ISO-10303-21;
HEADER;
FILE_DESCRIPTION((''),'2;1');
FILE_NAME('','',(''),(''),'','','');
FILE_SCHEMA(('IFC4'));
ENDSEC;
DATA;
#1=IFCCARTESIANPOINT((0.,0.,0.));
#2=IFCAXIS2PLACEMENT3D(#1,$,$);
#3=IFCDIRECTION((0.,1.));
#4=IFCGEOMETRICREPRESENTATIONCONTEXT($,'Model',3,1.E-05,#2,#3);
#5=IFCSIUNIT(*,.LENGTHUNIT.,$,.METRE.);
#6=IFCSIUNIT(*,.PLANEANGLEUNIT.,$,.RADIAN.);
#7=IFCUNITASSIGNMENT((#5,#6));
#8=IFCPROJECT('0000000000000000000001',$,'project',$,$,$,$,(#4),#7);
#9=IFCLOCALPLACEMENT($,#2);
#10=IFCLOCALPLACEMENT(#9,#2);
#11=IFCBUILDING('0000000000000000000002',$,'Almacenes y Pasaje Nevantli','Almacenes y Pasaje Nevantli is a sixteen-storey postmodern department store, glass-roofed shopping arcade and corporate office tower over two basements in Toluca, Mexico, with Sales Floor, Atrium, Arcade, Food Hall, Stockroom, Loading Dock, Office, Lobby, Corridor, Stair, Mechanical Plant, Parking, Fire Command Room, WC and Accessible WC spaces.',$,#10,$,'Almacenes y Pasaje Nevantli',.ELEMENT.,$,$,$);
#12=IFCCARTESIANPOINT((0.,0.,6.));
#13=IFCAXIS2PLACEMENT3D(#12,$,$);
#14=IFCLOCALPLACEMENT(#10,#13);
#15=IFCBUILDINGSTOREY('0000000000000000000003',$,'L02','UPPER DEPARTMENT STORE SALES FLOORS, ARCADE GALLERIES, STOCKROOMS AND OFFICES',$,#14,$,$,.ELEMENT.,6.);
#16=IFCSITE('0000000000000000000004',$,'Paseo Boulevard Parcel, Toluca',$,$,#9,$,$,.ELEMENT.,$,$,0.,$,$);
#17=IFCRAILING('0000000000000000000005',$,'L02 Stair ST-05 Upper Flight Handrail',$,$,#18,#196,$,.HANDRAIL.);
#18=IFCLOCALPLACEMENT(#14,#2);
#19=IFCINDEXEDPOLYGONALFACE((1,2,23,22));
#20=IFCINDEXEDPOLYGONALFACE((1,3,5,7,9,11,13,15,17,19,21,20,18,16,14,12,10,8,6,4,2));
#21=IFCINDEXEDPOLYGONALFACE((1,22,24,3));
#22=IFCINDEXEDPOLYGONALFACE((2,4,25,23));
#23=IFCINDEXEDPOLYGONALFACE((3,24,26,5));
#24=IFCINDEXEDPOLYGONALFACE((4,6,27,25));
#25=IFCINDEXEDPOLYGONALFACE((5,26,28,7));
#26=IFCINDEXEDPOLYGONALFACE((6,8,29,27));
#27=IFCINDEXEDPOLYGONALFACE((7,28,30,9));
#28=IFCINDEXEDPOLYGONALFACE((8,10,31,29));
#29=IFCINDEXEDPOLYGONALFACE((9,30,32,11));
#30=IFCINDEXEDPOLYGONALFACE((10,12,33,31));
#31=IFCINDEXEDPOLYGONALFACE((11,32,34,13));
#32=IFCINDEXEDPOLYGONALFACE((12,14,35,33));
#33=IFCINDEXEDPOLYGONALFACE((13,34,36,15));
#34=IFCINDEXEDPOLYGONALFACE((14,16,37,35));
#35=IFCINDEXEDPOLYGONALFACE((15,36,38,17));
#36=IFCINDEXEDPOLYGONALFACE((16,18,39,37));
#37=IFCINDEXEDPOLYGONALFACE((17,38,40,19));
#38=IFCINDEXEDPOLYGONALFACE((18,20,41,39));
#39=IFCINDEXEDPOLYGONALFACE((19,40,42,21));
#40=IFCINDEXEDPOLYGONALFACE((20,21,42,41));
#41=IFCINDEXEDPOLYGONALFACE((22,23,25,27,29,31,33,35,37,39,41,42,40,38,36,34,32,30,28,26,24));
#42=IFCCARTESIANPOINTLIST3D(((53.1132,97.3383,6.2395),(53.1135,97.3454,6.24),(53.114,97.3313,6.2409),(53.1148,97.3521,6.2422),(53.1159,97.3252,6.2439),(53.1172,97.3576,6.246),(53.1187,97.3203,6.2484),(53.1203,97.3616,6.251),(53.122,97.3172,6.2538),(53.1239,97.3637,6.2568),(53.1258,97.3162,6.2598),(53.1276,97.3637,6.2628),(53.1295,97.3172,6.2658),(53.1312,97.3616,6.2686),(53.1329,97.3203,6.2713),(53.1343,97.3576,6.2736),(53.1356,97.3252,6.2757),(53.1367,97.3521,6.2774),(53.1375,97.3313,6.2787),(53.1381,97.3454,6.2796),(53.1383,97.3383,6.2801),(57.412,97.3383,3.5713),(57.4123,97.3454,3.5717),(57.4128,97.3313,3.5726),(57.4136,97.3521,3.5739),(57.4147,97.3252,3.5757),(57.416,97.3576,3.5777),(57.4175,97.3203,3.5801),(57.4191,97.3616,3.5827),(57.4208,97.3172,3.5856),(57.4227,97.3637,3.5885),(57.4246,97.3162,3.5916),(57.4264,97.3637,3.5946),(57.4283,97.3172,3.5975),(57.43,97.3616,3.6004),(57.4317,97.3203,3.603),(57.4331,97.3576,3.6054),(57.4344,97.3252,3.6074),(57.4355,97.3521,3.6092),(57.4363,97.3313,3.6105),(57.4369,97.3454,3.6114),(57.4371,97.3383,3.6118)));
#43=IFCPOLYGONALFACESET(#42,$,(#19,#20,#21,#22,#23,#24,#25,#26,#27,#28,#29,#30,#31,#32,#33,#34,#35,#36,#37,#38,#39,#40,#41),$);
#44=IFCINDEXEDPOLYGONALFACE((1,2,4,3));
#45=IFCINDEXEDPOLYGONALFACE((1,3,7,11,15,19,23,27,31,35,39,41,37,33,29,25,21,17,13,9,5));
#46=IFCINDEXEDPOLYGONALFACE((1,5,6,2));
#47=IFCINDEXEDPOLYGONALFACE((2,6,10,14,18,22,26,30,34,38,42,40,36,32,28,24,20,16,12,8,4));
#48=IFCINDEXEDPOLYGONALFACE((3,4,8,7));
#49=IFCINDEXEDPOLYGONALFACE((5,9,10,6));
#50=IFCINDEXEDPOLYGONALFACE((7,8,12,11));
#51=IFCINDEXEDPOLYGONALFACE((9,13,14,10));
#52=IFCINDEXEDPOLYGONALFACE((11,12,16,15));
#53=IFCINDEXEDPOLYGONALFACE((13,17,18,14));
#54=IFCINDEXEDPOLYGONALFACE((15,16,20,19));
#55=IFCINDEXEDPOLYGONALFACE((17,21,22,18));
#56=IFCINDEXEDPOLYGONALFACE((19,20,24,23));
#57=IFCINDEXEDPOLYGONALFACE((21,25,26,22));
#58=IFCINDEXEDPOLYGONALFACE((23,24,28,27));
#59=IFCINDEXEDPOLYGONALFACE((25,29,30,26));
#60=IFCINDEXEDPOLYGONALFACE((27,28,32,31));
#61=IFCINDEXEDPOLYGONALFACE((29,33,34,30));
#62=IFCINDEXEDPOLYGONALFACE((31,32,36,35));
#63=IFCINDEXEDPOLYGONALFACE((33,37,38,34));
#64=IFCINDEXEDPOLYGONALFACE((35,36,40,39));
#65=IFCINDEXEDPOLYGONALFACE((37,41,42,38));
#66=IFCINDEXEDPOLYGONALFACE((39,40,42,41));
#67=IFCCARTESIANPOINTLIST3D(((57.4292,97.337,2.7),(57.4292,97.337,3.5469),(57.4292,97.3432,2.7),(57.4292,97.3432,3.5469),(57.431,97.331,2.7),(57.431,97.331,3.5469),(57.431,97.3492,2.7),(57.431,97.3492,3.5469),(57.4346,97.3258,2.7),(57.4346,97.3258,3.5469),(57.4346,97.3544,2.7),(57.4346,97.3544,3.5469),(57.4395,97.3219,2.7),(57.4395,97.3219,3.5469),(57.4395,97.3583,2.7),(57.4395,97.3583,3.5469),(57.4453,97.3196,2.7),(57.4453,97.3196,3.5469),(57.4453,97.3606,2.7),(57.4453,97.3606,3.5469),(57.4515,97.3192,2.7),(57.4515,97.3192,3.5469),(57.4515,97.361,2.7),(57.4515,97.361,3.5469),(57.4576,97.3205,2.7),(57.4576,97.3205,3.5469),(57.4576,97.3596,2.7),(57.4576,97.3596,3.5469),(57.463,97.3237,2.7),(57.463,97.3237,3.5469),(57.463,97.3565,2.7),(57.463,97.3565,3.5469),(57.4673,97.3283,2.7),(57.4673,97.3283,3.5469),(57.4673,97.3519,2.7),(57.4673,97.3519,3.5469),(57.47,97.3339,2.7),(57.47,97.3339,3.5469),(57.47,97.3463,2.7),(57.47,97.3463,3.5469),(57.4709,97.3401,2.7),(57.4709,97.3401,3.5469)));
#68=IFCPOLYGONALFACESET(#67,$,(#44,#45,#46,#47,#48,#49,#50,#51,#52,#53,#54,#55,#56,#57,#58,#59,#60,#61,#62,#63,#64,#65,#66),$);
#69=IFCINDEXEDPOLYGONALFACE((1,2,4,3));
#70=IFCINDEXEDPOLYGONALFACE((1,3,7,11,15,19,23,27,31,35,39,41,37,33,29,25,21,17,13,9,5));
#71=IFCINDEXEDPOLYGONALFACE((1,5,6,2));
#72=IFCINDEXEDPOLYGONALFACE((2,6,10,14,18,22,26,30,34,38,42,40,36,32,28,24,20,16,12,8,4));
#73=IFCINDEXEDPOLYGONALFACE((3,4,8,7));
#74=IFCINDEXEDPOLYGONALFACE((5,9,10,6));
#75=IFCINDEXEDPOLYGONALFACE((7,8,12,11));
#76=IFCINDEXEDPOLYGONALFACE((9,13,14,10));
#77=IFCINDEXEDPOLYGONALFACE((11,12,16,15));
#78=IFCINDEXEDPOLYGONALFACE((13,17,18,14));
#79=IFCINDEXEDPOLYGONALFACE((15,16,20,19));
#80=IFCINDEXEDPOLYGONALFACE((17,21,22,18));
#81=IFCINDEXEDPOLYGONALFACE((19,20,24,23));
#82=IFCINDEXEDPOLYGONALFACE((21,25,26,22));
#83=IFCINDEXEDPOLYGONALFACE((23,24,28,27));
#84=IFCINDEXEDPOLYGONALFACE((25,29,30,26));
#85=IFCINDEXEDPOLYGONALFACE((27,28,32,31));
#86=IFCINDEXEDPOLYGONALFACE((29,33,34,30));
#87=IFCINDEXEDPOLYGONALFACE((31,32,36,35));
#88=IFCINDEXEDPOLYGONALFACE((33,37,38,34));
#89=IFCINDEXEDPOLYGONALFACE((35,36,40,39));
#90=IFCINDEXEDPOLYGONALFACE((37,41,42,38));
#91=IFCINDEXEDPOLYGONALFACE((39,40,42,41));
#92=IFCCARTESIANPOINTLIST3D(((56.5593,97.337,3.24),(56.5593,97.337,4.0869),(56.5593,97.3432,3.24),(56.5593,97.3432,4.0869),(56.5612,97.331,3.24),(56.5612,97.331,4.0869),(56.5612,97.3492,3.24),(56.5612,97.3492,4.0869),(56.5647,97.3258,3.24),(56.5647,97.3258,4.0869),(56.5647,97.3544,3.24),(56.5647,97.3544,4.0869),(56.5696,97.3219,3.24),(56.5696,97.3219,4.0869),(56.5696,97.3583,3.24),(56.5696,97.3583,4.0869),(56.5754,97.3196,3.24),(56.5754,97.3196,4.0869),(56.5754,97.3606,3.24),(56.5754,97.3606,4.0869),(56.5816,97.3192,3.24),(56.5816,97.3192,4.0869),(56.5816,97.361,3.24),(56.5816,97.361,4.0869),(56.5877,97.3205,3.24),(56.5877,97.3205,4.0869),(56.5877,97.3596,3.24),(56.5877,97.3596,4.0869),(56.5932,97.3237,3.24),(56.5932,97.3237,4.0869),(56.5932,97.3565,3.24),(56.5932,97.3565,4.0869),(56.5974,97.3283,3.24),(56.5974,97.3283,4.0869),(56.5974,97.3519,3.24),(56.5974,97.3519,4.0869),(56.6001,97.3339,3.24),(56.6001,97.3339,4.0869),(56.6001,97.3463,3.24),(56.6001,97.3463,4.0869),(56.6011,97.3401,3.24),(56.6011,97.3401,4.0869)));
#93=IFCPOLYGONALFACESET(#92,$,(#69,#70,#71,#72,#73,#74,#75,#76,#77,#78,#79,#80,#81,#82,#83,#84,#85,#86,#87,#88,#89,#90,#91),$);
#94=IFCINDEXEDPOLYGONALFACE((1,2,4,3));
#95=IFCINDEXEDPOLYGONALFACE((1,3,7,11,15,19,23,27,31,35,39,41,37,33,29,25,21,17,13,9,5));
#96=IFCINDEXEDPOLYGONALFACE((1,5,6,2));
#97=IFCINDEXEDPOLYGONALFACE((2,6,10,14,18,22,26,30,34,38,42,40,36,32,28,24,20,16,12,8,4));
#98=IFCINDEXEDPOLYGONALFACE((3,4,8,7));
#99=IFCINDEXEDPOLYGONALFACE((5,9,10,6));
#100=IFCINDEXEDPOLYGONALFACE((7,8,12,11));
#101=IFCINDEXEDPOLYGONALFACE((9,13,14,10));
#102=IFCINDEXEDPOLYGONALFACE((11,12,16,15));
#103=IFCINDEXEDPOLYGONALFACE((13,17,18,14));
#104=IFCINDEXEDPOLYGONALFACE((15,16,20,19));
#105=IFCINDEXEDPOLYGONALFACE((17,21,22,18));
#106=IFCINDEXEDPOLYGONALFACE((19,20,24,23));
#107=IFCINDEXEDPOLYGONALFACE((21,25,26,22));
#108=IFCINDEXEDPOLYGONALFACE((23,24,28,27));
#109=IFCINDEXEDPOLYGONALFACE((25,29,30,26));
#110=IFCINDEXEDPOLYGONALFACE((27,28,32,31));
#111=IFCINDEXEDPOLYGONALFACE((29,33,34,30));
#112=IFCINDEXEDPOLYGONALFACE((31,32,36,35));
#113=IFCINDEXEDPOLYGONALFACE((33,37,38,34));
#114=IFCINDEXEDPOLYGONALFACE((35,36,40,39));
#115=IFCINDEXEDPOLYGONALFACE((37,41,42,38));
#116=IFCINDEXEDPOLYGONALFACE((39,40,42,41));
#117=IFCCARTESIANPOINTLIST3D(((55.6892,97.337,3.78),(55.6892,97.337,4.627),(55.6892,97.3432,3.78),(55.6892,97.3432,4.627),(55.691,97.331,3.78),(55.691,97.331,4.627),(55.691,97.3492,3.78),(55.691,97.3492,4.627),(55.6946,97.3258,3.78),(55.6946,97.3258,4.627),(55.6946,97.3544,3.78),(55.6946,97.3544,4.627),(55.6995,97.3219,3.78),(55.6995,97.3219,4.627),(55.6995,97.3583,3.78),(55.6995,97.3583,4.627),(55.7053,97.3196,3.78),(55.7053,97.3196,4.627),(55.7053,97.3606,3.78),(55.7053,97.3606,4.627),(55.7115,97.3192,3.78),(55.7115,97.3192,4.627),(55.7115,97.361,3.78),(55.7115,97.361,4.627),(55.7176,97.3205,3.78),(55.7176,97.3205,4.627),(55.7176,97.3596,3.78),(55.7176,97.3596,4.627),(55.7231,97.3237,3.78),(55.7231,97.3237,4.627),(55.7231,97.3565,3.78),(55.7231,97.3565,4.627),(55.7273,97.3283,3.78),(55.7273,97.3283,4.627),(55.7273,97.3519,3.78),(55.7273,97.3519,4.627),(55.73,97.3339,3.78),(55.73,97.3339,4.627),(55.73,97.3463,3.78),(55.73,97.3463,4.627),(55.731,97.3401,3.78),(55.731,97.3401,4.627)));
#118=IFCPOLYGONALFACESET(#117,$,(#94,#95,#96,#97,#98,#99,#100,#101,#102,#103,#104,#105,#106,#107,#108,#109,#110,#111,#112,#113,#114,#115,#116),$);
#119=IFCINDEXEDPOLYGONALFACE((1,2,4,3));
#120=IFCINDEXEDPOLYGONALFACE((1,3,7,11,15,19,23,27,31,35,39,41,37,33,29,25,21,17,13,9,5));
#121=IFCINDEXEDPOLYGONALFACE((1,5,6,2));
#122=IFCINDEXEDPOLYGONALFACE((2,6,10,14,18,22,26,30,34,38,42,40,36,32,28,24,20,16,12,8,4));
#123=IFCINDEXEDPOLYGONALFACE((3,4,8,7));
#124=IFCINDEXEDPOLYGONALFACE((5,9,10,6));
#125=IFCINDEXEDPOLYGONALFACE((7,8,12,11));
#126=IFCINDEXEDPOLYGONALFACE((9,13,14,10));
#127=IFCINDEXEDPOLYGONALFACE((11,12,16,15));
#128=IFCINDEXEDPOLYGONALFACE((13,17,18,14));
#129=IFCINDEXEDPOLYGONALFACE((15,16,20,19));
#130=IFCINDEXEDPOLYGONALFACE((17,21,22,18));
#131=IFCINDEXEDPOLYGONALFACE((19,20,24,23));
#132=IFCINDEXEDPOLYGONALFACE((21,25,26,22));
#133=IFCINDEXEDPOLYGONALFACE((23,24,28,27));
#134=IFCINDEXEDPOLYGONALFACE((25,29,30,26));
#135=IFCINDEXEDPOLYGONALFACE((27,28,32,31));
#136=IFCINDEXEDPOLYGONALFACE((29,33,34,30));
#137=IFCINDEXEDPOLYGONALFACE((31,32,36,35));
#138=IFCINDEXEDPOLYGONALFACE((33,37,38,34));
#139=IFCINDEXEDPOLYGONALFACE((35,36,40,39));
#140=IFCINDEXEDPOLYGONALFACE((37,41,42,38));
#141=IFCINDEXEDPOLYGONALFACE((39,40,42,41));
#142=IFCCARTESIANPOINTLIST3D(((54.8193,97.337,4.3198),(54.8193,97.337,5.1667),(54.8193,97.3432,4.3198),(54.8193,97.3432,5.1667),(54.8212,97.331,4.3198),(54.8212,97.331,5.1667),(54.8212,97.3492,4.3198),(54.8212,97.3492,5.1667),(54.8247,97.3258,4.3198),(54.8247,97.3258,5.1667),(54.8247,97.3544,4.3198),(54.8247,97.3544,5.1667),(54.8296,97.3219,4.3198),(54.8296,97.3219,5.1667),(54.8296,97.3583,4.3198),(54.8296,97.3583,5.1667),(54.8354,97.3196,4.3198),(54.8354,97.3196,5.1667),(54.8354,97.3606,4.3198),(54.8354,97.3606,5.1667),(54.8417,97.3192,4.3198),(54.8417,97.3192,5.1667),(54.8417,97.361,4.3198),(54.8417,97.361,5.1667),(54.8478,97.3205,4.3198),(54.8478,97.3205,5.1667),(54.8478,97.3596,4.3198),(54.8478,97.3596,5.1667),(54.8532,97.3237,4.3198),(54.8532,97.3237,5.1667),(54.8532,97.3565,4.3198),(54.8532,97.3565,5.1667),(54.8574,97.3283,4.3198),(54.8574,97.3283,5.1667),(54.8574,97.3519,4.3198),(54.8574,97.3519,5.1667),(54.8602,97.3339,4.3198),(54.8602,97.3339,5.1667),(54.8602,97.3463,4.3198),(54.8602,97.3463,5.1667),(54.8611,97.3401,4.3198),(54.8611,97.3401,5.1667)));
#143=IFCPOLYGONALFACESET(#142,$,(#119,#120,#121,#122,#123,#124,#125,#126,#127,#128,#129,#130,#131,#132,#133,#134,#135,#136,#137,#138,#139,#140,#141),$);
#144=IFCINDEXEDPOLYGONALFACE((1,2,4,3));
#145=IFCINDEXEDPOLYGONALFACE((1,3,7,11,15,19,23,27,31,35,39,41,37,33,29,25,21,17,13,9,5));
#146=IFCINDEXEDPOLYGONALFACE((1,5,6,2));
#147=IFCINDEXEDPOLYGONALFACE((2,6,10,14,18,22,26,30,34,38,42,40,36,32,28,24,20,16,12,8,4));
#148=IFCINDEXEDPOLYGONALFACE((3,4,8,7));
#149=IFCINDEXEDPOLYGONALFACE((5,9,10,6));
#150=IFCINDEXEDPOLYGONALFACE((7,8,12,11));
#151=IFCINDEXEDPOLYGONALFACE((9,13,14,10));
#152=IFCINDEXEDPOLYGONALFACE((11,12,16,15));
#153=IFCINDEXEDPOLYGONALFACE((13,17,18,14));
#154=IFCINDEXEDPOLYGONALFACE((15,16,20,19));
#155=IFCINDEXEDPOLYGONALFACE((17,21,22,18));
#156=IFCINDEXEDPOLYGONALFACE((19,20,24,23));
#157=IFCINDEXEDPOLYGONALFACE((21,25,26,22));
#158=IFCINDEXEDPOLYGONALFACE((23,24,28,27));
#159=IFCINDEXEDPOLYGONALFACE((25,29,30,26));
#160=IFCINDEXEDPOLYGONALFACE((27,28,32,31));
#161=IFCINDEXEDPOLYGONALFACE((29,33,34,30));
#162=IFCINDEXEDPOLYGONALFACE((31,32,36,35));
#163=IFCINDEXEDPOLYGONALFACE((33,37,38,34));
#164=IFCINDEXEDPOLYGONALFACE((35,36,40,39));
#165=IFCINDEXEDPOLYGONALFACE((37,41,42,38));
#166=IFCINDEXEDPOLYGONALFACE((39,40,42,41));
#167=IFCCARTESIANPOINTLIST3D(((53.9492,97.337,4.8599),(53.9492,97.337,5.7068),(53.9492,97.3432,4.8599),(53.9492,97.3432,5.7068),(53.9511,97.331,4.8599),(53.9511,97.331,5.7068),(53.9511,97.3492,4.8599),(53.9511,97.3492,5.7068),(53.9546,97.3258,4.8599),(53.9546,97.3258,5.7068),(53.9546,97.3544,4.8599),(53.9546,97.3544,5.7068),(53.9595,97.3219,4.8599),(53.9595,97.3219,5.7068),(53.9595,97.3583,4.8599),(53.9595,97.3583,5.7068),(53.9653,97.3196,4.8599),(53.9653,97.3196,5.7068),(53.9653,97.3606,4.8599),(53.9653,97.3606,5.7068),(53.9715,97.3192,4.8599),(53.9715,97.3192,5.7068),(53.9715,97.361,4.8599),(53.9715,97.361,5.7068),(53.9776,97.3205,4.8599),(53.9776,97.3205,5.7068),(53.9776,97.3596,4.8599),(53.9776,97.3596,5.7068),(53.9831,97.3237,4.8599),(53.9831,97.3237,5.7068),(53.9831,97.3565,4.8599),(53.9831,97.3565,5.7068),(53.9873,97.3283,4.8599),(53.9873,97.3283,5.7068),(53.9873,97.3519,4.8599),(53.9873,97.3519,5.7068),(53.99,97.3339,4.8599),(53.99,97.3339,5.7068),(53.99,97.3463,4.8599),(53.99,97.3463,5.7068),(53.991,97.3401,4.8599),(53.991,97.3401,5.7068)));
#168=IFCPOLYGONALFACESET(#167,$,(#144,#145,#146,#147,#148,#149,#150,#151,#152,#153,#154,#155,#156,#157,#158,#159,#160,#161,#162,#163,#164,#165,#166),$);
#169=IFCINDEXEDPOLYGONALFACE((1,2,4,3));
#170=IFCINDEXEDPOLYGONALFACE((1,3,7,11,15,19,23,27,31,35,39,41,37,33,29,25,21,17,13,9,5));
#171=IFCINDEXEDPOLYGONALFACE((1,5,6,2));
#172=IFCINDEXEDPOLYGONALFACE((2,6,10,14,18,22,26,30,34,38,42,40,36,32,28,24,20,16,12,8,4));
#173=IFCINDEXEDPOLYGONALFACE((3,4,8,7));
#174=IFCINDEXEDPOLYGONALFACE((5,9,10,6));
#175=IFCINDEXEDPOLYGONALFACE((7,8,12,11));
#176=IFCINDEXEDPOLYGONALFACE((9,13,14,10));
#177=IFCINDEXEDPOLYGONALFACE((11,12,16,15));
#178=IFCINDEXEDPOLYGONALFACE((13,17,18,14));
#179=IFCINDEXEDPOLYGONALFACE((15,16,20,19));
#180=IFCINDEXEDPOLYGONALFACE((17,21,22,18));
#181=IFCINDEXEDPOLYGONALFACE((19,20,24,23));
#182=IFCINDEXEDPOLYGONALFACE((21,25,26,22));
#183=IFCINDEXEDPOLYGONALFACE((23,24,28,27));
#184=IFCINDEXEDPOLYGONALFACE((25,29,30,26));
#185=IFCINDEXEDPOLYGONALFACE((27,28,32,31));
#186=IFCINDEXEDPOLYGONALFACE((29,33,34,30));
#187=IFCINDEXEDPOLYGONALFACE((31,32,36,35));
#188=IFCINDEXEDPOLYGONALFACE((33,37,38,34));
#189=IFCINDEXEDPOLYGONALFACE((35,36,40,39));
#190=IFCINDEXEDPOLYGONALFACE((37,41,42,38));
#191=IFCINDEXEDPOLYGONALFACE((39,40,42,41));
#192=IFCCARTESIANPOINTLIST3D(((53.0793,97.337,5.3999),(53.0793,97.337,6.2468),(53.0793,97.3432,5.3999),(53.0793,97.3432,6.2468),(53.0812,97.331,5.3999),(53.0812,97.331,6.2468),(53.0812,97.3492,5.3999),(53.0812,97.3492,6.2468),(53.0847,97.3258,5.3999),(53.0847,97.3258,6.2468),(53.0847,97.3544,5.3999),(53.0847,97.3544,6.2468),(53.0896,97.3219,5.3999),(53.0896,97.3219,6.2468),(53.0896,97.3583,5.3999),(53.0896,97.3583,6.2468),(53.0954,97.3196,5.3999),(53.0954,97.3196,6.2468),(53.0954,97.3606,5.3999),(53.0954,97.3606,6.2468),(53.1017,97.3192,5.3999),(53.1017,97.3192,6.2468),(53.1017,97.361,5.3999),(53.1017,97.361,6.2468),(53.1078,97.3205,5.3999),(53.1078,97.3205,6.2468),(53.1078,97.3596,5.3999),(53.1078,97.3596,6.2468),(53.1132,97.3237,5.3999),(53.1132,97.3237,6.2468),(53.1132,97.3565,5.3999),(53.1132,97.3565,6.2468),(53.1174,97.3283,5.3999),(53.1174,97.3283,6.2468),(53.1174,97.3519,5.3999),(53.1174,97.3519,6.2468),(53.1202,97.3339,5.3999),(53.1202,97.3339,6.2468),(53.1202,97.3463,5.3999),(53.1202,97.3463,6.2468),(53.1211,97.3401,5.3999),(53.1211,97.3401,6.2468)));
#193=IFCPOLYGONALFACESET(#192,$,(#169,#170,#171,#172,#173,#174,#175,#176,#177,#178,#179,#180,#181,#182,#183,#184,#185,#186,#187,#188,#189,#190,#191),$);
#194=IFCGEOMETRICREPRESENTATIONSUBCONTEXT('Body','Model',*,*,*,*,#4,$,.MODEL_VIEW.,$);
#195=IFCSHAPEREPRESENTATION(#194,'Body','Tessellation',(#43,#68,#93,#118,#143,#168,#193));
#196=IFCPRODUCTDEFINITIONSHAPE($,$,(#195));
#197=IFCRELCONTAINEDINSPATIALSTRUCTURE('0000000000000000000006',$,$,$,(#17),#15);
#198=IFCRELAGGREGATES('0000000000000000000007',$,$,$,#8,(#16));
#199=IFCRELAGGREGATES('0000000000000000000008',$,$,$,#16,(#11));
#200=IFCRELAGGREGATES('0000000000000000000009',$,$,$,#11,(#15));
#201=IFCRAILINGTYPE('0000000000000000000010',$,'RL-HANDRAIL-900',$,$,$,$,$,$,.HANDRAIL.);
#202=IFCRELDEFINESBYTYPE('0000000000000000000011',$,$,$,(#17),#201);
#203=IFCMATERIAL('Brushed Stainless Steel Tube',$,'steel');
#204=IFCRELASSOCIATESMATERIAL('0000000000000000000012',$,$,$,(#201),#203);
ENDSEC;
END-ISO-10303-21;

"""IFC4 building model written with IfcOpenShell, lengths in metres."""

from ifc_helpers import new_model, si_unit, direction, frame, origin, origin_2d, place, context, subcontext, project, spatial, circle, extrude, material, type_object, element, save


model = new_model("IFC4")

# Units and contexts
model_context = context("Model", 3, precision=1e-05, world=origin(), true_north=direction((0.0, 1.0)))
body_context = subcontext(model_context, "Body", "Model", "MODEL_VIEW")
ifc_project = project(units=[si_unit("LENGTHUNIT", "METRE"), si_unit("PLANEANGLEUNIT", "RADIAN")], contexts=[model_context])

# Site, building, storey
site_placement = place(None, origin())
site = spatial("IfcSite", under=ifc_project, at=site_placement, Name="Paseo Boulevard Parcel, Toluca", CompositionType="ELEMENT", RefElevation=0.0)
building_placement = place(site_placement, origin())
building = spatial("IfcBuilding", under=site, at=building_placement, Name="Almacenes y Pasaje Nevantli", Description="Almacenes y Pasaje Nevantli is a sixteen-storey postmodern department store, glass-roofed shopping arcade and corporate office tower over two basements in Toluca, Mexico, with Sales Floor, Atrium, Arcade, Food Hall, Stockroom, Loading Dock, Office, Lobby, Corridor, Stair, Mechanical Plant, Parking, Fire Command Room, WC and Accessible WC spaces.", LongName="Almacenes y Pasaje Nevantli", CompositionType="ELEMENT")
storey_placement = place(building_placement, frame((0.0, 0.0, 6.0)))
storey = spatial("IfcBuildingStorey", under=building, at=storey_placement, Name="L02", Description="UPPER DEPARTMENT STORE SALES FLOORS, ARCADE GALLERIES, STOCKROOMS AND OFFICES", CompositionType="ELEMENT", Elevation=6.0)

# Railing
ifc_material_1 = material(Name="Brushed Stainless Steel Tube", Category="steel")
railing_type_1 = type_object("IfcRailingType", Name="RL-HANDRAIL-900", PredefinedType="HANDRAIL", material=ifc_material_1)
railing_1_placement = place(storey_placement, frame((57.45, 97.3401, 2.7)))
element("IfcRailing", 1, at=railing_1_placement, inside=storey, type_object=railing_type_1, Name="L02 Stair ST-05 Upper Flight Handrail", PredefinedType="HANDRAIL", context=body_context, shape_type="SweptSolid", body=[
    extrude(circle(Radius=0.0239, at=origin_2d()), frame((-0.0254, 0.0, 0.8916), z_axis=(-0.849636, 0.0, 0.527369), x_axis=(0.0, -1.0, 0.0)), (0.0, 0.0, 1.0), 5.0596),
    extrude(circle(Radius=0.021, at=origin_2d()), origin(), (0.0, 0.0, 1.0), 0.8469),
    extrude(circle(Radius=0.021, at=origin_2d()), frame((-0.8699, 0.0, 0.54)), (0.0, 0.0, 1.0), 0.8469),
    extrude(circle(Radius=0.021, at=origin_2d()), frame((-1.74, 0.0, 1.0801)), (0.0, 0.0, 1.0), 0.8469),
    extrude(circle(Radius=0.021, at=origin_2d()), frame((-2.6099, 0.0, 1.6199)), (0.0, 0.0, 1.0), 0.8469),
    extrude(circle(Radius=0.021, at=origin_2d()), frame((-3.48, 0.0, 2.1599)), (0.0, 0.0, 1.0), 0.8469),
    extrude(circle(Radius=0.021, at=origin_2d()), frame((-4.3499, 0.0, 2.7)), (0.0, 0.0, 1.0), 0.8469),
])

save(model, "model.ifc")
